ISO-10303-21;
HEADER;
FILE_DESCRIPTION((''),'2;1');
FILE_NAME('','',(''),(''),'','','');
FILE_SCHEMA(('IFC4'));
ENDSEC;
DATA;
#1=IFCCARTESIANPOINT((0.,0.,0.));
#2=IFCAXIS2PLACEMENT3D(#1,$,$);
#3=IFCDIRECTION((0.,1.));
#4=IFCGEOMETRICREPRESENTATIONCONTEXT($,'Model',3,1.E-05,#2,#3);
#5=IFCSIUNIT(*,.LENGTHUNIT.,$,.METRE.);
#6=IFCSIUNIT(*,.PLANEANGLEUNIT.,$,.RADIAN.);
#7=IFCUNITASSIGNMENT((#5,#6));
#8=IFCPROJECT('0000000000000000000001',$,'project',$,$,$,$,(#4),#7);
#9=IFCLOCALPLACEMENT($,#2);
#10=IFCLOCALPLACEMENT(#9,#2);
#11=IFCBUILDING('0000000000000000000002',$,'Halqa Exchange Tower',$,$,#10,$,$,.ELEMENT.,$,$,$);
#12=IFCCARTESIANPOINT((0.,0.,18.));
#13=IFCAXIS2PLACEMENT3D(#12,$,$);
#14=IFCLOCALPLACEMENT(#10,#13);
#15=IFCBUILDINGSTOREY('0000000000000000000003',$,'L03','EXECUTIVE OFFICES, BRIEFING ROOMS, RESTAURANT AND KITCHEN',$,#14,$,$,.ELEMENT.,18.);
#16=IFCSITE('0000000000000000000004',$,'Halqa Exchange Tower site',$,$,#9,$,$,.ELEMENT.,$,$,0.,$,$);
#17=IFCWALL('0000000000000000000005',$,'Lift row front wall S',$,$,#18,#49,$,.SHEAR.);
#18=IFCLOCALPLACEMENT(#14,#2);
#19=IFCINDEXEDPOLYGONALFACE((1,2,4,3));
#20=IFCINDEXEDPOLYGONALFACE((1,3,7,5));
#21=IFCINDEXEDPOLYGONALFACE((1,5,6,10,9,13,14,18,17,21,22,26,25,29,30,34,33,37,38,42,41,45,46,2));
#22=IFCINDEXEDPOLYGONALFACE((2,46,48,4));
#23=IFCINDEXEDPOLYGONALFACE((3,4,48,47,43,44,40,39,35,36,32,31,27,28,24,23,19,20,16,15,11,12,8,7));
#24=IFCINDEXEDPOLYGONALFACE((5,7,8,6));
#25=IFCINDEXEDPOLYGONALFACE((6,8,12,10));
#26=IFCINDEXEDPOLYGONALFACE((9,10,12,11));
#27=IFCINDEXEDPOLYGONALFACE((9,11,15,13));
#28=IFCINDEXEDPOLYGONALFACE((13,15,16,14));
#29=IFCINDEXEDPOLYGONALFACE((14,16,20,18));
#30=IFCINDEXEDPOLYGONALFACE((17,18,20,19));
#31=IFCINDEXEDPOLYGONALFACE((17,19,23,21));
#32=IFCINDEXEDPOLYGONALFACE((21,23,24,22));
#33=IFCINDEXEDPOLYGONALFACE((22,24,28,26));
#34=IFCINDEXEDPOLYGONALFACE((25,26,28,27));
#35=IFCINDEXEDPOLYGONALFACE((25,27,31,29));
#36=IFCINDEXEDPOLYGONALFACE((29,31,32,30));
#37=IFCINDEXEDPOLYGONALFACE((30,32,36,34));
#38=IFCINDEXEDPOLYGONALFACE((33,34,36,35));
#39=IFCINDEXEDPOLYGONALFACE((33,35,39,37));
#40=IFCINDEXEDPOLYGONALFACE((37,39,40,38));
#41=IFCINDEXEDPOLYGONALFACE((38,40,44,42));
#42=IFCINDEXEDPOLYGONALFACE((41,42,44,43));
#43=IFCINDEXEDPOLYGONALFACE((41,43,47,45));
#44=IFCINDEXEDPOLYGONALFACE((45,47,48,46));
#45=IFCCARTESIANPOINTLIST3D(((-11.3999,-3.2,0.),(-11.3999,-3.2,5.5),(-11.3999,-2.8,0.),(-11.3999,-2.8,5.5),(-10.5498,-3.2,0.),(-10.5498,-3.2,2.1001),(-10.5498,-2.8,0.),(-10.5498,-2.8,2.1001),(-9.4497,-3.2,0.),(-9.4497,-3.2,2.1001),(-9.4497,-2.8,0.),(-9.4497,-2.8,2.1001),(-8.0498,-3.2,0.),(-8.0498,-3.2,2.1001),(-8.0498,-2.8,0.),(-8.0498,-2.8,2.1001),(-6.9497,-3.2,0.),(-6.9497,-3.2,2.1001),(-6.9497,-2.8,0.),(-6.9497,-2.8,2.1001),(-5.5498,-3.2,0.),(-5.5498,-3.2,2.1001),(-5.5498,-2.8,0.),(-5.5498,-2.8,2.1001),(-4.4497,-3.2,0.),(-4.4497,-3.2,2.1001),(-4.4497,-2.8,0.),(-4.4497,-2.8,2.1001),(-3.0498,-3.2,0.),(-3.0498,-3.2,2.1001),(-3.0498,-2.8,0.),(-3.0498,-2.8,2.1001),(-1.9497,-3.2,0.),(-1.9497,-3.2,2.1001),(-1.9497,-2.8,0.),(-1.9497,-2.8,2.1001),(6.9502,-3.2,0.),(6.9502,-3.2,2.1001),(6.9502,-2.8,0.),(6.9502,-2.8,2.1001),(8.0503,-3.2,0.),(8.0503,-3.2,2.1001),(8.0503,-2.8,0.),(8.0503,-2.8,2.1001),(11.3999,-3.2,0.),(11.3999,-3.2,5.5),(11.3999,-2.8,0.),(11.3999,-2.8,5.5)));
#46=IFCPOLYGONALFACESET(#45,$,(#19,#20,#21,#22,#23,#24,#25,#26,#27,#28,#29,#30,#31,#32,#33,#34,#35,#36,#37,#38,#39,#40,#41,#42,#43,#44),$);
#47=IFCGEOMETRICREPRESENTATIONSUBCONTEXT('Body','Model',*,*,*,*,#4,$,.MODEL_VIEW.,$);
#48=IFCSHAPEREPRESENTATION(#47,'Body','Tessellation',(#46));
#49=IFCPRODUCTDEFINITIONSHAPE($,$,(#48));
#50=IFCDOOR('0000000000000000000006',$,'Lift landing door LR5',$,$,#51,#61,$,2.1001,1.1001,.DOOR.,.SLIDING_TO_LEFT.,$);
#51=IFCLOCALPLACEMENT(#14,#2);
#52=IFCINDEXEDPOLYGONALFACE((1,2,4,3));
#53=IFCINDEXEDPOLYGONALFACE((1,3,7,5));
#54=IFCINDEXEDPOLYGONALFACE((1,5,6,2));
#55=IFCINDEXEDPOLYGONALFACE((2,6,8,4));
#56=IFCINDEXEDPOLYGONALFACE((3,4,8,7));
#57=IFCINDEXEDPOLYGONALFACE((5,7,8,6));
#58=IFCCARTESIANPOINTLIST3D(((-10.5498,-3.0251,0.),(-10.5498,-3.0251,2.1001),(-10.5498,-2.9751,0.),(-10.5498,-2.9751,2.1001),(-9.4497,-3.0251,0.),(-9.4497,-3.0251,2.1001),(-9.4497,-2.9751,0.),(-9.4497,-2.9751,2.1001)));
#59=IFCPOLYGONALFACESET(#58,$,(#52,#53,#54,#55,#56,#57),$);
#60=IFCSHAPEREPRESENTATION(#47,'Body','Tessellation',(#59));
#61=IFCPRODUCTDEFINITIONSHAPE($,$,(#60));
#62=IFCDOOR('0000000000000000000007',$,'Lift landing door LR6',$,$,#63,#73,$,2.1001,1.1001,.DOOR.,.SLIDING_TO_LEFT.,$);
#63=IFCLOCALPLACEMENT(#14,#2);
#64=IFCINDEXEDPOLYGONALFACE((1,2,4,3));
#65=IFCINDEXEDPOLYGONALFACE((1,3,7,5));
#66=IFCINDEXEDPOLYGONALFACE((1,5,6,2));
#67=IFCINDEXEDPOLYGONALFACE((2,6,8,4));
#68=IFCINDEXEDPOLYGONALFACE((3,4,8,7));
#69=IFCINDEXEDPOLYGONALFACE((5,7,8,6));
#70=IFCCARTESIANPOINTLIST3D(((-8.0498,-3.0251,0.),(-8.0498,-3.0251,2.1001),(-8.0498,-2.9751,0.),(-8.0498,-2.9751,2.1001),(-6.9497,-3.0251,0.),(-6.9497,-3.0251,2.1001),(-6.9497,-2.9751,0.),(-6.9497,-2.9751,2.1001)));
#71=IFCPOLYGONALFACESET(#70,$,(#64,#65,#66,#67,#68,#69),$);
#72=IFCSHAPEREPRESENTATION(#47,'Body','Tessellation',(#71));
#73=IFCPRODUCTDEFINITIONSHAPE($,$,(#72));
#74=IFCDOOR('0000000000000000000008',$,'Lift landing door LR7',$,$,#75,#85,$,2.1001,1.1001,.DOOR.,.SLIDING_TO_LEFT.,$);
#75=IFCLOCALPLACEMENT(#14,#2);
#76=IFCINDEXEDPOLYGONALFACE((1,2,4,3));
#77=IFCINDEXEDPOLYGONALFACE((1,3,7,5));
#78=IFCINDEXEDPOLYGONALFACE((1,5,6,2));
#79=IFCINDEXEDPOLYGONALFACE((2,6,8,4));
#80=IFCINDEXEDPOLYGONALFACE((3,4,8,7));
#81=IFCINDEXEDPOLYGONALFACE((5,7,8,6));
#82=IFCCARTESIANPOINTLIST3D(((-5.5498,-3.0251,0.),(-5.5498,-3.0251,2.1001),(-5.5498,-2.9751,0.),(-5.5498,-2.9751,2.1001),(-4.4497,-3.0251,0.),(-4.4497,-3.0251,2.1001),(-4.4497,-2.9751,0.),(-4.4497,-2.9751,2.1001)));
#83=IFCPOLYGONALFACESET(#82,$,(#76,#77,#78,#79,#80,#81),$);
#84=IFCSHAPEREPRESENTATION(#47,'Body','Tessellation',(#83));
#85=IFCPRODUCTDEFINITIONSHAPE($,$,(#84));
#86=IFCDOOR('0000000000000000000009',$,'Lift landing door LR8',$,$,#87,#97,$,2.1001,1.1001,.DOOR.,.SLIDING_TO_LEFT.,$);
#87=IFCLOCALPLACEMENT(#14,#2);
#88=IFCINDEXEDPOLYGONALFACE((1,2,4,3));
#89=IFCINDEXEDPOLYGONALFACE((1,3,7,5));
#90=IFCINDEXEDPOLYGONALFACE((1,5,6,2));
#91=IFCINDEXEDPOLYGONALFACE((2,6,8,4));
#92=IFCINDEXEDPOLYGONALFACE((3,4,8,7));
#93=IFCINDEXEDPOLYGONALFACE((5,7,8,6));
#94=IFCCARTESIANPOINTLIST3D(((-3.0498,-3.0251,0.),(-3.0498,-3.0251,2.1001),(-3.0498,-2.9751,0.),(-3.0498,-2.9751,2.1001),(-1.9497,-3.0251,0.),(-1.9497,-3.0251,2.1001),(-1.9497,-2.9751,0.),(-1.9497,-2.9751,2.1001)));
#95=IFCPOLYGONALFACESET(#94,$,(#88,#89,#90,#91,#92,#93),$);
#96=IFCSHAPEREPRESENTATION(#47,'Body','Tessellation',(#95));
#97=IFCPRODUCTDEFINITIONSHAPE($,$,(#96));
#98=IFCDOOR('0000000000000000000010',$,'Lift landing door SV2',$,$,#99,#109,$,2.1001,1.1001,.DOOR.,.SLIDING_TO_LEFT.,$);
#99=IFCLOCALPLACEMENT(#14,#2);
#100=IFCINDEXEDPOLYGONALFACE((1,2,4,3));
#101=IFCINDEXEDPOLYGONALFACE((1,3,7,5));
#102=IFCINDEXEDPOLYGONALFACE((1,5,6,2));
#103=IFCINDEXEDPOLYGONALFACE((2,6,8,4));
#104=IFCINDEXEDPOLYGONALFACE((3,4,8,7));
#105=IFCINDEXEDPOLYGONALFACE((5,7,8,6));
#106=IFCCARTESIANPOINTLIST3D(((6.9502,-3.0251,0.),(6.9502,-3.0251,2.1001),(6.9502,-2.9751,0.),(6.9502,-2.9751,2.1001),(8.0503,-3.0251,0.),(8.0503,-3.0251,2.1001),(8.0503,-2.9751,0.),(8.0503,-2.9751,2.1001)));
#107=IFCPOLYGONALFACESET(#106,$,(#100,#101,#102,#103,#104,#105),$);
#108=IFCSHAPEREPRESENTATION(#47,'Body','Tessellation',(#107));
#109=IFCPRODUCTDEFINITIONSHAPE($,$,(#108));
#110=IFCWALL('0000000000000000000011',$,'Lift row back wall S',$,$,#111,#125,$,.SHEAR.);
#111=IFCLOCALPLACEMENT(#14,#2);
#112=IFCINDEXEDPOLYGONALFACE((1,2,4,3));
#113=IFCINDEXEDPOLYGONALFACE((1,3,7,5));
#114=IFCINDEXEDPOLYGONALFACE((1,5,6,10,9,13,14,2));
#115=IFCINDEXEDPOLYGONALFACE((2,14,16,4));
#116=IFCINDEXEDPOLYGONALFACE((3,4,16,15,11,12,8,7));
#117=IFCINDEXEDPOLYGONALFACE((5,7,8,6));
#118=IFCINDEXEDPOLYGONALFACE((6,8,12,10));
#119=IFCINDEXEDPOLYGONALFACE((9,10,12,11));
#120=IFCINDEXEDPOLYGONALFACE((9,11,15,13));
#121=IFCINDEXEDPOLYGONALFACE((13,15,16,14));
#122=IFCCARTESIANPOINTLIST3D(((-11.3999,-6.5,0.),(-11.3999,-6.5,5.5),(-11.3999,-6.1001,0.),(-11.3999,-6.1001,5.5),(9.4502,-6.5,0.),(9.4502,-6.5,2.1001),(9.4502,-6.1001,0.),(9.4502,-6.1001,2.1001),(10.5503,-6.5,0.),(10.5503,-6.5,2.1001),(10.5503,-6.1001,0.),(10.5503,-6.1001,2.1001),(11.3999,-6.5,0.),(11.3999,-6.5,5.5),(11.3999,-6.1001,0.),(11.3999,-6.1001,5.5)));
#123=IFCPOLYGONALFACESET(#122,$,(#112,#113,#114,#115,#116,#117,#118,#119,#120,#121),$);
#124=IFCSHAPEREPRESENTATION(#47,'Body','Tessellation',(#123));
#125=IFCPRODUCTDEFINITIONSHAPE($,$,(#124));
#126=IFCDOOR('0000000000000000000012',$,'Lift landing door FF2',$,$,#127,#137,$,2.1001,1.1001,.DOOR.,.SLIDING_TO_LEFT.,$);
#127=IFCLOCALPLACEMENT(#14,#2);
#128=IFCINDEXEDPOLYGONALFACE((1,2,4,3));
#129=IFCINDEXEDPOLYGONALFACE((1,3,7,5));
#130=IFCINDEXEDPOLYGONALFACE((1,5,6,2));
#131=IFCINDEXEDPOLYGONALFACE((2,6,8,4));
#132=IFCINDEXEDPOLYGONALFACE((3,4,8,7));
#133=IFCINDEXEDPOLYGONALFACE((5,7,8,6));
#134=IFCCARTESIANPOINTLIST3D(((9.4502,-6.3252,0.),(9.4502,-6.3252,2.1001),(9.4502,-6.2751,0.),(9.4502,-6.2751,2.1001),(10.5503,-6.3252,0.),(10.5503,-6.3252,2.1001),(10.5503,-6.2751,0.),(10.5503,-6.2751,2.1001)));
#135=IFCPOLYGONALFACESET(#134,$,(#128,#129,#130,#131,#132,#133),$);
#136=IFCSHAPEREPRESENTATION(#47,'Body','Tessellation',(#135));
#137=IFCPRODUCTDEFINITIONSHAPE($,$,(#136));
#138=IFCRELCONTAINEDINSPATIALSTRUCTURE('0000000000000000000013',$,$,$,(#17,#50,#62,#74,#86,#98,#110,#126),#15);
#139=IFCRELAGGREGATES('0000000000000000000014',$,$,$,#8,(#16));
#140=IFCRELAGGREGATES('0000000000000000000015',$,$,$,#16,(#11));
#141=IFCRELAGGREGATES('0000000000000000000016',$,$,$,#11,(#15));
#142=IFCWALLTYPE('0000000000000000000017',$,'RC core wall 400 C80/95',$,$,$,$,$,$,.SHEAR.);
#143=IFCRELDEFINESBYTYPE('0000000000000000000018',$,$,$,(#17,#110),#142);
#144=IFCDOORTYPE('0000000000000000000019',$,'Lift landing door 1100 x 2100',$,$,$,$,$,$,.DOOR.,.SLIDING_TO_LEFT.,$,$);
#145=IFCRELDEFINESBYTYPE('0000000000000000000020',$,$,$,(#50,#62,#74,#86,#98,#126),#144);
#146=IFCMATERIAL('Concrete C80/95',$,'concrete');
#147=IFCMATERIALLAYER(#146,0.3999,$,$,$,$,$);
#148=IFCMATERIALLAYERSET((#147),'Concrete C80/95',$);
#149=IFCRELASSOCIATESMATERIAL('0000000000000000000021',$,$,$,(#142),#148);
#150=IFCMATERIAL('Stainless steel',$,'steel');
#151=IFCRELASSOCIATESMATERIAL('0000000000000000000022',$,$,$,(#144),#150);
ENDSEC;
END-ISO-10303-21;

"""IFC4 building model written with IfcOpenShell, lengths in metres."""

from ifc_helpers import new_model, si_unit, direction, frame, frame_2d, origin, place, context, subcontext, project, spatial, rectangle, extrude, material, layer, layer_set, type_object, element, fill, save


model = new_model("IFC4")

# Units and contexts
model_context = context("Model", 3, precision=1e-05, world=origin(), true_north=direction((0.0, 1.0)))
body_context = subcontext(model_context, "Body", "Model", "MODEL_VIEW")
ifc_project = project(units=[si_unit("LENGTHUNIT", "METRE"), si_unit("PLANEANGLEUNIT", "RADIAN")], contexts=[model_context])

# Site, building, storey
site_placement = place(None, origin())
site = spatial("IfcSite", under=ifc_project, at=site_placement, Name="Halqa Exchange Tower site", CompositionType="ELEMENT", RefElevation=0.0)
building_placement = place(site_placement, origin())
building = spatial("IfcBuilding", under=site, at=building_placement, Name="Halqa Exchange Tower", CompositionType="ELEMENT")
storey_placement = place(building_placement, frame((0.0, 0.0, 18.0)))
storey = spatial("IfcBuildingStorey", under=building, at=storey_placement, Name="L03", Description="EXECUTIVE OFFICES, BRIEFING ROOMS, RESTAURANT AND KITCHEN", CompositionType="ELEMENT", Elevation=18.0)

# Wall, openings, doors
ifc_material_1 = material(Name="Concrete C80/95", Category="concrete")
ifc_layer_1 = layer(ifc_material_1, 0.3999)
ifc_layer_set_1 = layer_set([ifc_layer_1], Name="Concrete C80/95")
wall_type_1 = type_object("IfcWallType", Name="RC core wall 400 C80/95", PredefinedType="SHEAR", material=ifc_layer_set_1)
wall_1_placement = place(storey_placement, frame((-11.3999, -3.0, 0.0), z_axis=(0.0, 0.0, 1.0), x_axis=(1.0, 0.0, 0.0)))
wall_1 = element("IfcWall", 1, at=wall_1_placement, inside=storey, type_object=wall_type_1, Name="Lift row front wall S", PredefinedType="SHEAR", context=body_context, shape_type="SweptSolid", body=[
    extrude(rectangle(XDim=22.7998, YDim=0.3999, at=frame_2d((11.3999, 0.0))), origin(), (0.0, 0.0, 1.0), 5.5),
])
opening_1_placement = place(wall_1_placement, frame((0.8501, 0.0, 0.0)))
opening_1 = element("IfcOpeningElement", 2, at=opening_1_placement, cuts=wall_1, PredefinedType="OPENING", context=body_context, shape_type="SweptSolid", body=[
    extrude(rectangle(XDim=1.1001, YDim=2.1001, at=frame_2d((0.55, 1.05))), frame((0.0, 0.2119, 0.0), z_axis=(0.0, -1.0, 0.0), x_axis=(1.0, 0.0, 0.0)), (0.0, 0.0, 1.0), 0.4238),
])
opening_2_placement = place(wall_1_placement, frame((3.3501, 0.0, 0.0)))
opening_2 = element("IfcOpeningElement", 3, at=opening_2_placement, cuts=wall_1, PredefinedType="OPENING", context=body_context, shape_type="SweptSolid", body=[
    extrude(rectangle(XDim=1.1001, YDim=2.1001, at=frame_2d((0.55, 1.05))), frame((0.0, 0.2119, 0.0), z_axis=(0.0, -1.0, 0.0), x_axis=(1.0, 0.0, 0.0)), (0.0, 0.0, 1.0), 0.4238),
])
opening_3_placement = place(wall_1_placement, frame((5.8501, 0.0, 0.0)))
opening_3 = element("IfcOpeningElement", 4, at=opening_3_placement, cuts=wall_1, PredefinedType="OPENING", context=body_context, shape_type="SweptSolid", body=[
    extrude(rectangle(XDim=1.1001, YDim=2.1001, at=frame_2d((0.55, 1.05))), frame((0.0, 0.2119, 0.0), z_axis=(0.0, -1.0, 0.0), x_axis=(1.0, 0.0, 0.0)), (0.0, 0.0, 1.0), 0.4238),
])
opening_4_placement = place(wall_1_placement, frame((8.3501, 0.0, 0.0)))
opening_4 = element("IfcOpeningElement", 5, at=opening_4_placement, cuts=wall_1, PredefinedType="OPENING", context=body_context, shape_type="SweptSolid", body=[
    extrude(rectangle(XDim=1.1001, YDim=2.1001, at=frame_2d((0.55, 1.05))), frame((0.0, 0.2119, 0.0), z_axis=(0.0, -1.0, 0.0), x_axis=(1.0, 0.0, 0.0)), (0.0, 0.0, 1.0), 0.4238),
])
opening_5_placement = place(wall_1_placement, frame((18.3501, 0.0, 0.0)))
opening_5 = element("IfcOpeningElement", 6, at=opening_5_placement, cuts=wall_1, PredefinedType="OPENING", context=body_context, shape_type="SweptSolid", body=[
    extrude(rectangle(XDim=1.1001, YDim=2.1001, at=frame_2d((0.55, 1.05))), frame((0.0, 0.2119, 0.0), z_axis=(0.0, -1.0, 0.0), x_axis=(1.0, 0.0, 0.0)), (0.0, 0.0, 1.0), 0.4238),
])
ifc_material_2 = material(Name="Stainless steel", Category="steel")
door_type = type_object("IfcDoorType", Name="Lift landing door 1100 x 2100", OperationType="SLIDING_TO_LEFT", PredefinedType="DOOR", material=ifc_material_2)
door_1_placement = place(opening_1_placement, origin())
door_1 = element("IfcDoor", 7, at=door_1_placement, inside=storey, type_object=door_type, Name="Lift landing door LR5", OperationType="SLIDING_TO_LEFT", OverallHeight=2.1001, OverallWidth=1.1001, PredefinedType="DOOR", context=body_context, shape_type="SweptSolid", body=[
    extrude(rectangle(XDim=1.1001, YDim=2.1001, at=frame_2d((0.55, 1.05))), frame((0.0, 0.0249, 0.0), z_axis=(0.0, -1.0, 0.0), x_axis=(1.0, 0.0, 0.0)), (0.0, 0.0, 1.0), 0.05),
])
fill(opening_1, door_1)
door_2_placement = place(opening_2_placement, origin())
door_2 = element("IfcDoor", 8, at=door_2_placement, inside=storey, type_object=door_type, Name="Lift landing door LR6", OperationType="SLIDING_TO_LEFT", OverallHeight=2.1001, OverallWidth=1.1001, PredefinedType="DOOR", context=body_context, shape_type="SweptSolid", body=[
    extrude(rectangle(XDim=1.1001, YDim=2.1001, at=frame_2d((0.55, 1.05))), frame((0.0, 0.0249, 0.0), z_axis=(0.0, -1.0, 0.0), x_axis=(1.0, 0.0, 0.0)), (0.0, 0.0, 1.0), 0.05),
])
fill(opening_2, door_2)
door_3_placement = place(opening_3_placement, origin())
door_3 = element("IfcDoor", 9, at=door_3_placement, inside=storey, type_object=door_type, Name="Lift landing door LR7", OperationType="SLIDING_TO_LEFT", OverallHeight=2.1001, OverallWidth=1.1001, PredefinedType="DOOR", context=body_context, shape_type="SweptSolid", body=[
    extrude(rectangle(XDim=1.1001, YDim=2.1001, at=frame_2d((0.55, 1.05))), frame((0.0, 0.0249, 0.0), z_axis=(0.0, -1.0, 0.0), x_axis=(1.0, 0.0, 0.0)), (0.0, 0.0, 1.0), 0.05),
])
fill(opening_3, door_3)
door_4_placement = place(opening_4_placement, origin())
door_4 = element("IfcDoor", 10, at=door_4_placement, inside=storey, type_object=door_type, Name="Lift landing door LR8", OperationType="SLIDING_TO_LEFT", OverallHeight=2.1001, OverallWidth=1.1001, PredefinedType="DOOR", context=body_context, shape_type="SweptSolid", body=[
    extrude(rectangle(XDim=1.1001, YDim=2.1001, at=frame_2d((0.55, 1.05))), frame((0.0, 0.0249, 0.0), z_axis=(0.0, -1.0, 0.0), x_axis=(1.0, 0.0, 0.0)), (0.0, 0.0, 1.0), 0.05),
])
fill(opening_4, door_4)
door_5_placement = place(opening_5_placement, origin())
door_5 = element("IfcDoor", 11, at=door_5_placement, inside=storey, type_object=door_type, Name="Lift landing door SV2", OperationType="SLIDING_TO_LEFT", OverallHeight=2.1001, OverallWidth=1.1001, PredefinedType="DOOR", context=body_context, shape_type="SweptSolid", body=[
    extrude(rectangle(XDim=1.1001, YDim=2.1001, at=frame_2d((0.55, 1.05))), frame((0.0, 0.0249, 0.0), z_axis=(0.0, -1.0, 0.0), x_axis=(1.0, 0.0, 0.0)), (0.0, 0.0, 1.0), 0.05),
])
fill(opening_5, door_5)

# Wall, opening, door
wall_2_placement = place(storey_placement, frame((-11.3999, -6.3, 0.0), z_axis=(0.0, 0.0, 1.0), x_axis=(1.0, 0.0, 0.0)))
wall_2 = element("IfcWall", 12, at=wall_2_placement, inside=storey, type_object=wall_type_1, Name="Lift row back wall S", PredefinedType="SHEAR", context=body_context, shape_type="SweptSolid", body=[
    extrude(rectangle(XDim=22.7998, YDim=0.3999, at=frame_2d((11.3999, 0.0))), origin(), (0.0, 0.0, 1.0), 5.5),
])
opening_6_placement = place(wall_2_placement, frame((20.8501, 0.0, 0.0)))
opening_6 = element("IfcOpeningElement", 13, at=opening_6_placement, cuts=wall_2, PredefinedType="OPENING", context=body_context, shape_type="SweptSolid", body=[
    extrude(rectangle(XDim=1.1001, YDim=2.1001, at=frame_2d((0.55, 1.05))), frame((0.0, 0.2119, 0.0), z_axis=(0.0, -1.0, 0.0), x_axis=(1.0, 0.0, 0.0)), (0.0, 0.0, 1.0), 0.4238),
])
door_6_placement = place(opening_6_placement, origin())
door_6 = element("IfcDoor", 14, at=door_6_placement, inside=storey, type_object=door_type, Name="Lift landing door FF2", OperationType="SLIDING_TO_LEFT", OverallHeight=2.1001, OverallWidth=1.1001, PredefinedType="DOOR", context=body_context, shape_type="SweptSolid", body=[
    extrude(rectangle(XDim=1.1001, YDim=2.1001, at=frame_2d((0.55, 1.05))), frame((0.0, 0.0249, 0.0), z_axis=(0.0, -1.0, 0.0), x_axis=(1.0, 0.0, 0.0)), (0.0, 0.0, 1.0), 0.05),
])
fill(opening_6, door_6)

save(model, "model.ifc")
